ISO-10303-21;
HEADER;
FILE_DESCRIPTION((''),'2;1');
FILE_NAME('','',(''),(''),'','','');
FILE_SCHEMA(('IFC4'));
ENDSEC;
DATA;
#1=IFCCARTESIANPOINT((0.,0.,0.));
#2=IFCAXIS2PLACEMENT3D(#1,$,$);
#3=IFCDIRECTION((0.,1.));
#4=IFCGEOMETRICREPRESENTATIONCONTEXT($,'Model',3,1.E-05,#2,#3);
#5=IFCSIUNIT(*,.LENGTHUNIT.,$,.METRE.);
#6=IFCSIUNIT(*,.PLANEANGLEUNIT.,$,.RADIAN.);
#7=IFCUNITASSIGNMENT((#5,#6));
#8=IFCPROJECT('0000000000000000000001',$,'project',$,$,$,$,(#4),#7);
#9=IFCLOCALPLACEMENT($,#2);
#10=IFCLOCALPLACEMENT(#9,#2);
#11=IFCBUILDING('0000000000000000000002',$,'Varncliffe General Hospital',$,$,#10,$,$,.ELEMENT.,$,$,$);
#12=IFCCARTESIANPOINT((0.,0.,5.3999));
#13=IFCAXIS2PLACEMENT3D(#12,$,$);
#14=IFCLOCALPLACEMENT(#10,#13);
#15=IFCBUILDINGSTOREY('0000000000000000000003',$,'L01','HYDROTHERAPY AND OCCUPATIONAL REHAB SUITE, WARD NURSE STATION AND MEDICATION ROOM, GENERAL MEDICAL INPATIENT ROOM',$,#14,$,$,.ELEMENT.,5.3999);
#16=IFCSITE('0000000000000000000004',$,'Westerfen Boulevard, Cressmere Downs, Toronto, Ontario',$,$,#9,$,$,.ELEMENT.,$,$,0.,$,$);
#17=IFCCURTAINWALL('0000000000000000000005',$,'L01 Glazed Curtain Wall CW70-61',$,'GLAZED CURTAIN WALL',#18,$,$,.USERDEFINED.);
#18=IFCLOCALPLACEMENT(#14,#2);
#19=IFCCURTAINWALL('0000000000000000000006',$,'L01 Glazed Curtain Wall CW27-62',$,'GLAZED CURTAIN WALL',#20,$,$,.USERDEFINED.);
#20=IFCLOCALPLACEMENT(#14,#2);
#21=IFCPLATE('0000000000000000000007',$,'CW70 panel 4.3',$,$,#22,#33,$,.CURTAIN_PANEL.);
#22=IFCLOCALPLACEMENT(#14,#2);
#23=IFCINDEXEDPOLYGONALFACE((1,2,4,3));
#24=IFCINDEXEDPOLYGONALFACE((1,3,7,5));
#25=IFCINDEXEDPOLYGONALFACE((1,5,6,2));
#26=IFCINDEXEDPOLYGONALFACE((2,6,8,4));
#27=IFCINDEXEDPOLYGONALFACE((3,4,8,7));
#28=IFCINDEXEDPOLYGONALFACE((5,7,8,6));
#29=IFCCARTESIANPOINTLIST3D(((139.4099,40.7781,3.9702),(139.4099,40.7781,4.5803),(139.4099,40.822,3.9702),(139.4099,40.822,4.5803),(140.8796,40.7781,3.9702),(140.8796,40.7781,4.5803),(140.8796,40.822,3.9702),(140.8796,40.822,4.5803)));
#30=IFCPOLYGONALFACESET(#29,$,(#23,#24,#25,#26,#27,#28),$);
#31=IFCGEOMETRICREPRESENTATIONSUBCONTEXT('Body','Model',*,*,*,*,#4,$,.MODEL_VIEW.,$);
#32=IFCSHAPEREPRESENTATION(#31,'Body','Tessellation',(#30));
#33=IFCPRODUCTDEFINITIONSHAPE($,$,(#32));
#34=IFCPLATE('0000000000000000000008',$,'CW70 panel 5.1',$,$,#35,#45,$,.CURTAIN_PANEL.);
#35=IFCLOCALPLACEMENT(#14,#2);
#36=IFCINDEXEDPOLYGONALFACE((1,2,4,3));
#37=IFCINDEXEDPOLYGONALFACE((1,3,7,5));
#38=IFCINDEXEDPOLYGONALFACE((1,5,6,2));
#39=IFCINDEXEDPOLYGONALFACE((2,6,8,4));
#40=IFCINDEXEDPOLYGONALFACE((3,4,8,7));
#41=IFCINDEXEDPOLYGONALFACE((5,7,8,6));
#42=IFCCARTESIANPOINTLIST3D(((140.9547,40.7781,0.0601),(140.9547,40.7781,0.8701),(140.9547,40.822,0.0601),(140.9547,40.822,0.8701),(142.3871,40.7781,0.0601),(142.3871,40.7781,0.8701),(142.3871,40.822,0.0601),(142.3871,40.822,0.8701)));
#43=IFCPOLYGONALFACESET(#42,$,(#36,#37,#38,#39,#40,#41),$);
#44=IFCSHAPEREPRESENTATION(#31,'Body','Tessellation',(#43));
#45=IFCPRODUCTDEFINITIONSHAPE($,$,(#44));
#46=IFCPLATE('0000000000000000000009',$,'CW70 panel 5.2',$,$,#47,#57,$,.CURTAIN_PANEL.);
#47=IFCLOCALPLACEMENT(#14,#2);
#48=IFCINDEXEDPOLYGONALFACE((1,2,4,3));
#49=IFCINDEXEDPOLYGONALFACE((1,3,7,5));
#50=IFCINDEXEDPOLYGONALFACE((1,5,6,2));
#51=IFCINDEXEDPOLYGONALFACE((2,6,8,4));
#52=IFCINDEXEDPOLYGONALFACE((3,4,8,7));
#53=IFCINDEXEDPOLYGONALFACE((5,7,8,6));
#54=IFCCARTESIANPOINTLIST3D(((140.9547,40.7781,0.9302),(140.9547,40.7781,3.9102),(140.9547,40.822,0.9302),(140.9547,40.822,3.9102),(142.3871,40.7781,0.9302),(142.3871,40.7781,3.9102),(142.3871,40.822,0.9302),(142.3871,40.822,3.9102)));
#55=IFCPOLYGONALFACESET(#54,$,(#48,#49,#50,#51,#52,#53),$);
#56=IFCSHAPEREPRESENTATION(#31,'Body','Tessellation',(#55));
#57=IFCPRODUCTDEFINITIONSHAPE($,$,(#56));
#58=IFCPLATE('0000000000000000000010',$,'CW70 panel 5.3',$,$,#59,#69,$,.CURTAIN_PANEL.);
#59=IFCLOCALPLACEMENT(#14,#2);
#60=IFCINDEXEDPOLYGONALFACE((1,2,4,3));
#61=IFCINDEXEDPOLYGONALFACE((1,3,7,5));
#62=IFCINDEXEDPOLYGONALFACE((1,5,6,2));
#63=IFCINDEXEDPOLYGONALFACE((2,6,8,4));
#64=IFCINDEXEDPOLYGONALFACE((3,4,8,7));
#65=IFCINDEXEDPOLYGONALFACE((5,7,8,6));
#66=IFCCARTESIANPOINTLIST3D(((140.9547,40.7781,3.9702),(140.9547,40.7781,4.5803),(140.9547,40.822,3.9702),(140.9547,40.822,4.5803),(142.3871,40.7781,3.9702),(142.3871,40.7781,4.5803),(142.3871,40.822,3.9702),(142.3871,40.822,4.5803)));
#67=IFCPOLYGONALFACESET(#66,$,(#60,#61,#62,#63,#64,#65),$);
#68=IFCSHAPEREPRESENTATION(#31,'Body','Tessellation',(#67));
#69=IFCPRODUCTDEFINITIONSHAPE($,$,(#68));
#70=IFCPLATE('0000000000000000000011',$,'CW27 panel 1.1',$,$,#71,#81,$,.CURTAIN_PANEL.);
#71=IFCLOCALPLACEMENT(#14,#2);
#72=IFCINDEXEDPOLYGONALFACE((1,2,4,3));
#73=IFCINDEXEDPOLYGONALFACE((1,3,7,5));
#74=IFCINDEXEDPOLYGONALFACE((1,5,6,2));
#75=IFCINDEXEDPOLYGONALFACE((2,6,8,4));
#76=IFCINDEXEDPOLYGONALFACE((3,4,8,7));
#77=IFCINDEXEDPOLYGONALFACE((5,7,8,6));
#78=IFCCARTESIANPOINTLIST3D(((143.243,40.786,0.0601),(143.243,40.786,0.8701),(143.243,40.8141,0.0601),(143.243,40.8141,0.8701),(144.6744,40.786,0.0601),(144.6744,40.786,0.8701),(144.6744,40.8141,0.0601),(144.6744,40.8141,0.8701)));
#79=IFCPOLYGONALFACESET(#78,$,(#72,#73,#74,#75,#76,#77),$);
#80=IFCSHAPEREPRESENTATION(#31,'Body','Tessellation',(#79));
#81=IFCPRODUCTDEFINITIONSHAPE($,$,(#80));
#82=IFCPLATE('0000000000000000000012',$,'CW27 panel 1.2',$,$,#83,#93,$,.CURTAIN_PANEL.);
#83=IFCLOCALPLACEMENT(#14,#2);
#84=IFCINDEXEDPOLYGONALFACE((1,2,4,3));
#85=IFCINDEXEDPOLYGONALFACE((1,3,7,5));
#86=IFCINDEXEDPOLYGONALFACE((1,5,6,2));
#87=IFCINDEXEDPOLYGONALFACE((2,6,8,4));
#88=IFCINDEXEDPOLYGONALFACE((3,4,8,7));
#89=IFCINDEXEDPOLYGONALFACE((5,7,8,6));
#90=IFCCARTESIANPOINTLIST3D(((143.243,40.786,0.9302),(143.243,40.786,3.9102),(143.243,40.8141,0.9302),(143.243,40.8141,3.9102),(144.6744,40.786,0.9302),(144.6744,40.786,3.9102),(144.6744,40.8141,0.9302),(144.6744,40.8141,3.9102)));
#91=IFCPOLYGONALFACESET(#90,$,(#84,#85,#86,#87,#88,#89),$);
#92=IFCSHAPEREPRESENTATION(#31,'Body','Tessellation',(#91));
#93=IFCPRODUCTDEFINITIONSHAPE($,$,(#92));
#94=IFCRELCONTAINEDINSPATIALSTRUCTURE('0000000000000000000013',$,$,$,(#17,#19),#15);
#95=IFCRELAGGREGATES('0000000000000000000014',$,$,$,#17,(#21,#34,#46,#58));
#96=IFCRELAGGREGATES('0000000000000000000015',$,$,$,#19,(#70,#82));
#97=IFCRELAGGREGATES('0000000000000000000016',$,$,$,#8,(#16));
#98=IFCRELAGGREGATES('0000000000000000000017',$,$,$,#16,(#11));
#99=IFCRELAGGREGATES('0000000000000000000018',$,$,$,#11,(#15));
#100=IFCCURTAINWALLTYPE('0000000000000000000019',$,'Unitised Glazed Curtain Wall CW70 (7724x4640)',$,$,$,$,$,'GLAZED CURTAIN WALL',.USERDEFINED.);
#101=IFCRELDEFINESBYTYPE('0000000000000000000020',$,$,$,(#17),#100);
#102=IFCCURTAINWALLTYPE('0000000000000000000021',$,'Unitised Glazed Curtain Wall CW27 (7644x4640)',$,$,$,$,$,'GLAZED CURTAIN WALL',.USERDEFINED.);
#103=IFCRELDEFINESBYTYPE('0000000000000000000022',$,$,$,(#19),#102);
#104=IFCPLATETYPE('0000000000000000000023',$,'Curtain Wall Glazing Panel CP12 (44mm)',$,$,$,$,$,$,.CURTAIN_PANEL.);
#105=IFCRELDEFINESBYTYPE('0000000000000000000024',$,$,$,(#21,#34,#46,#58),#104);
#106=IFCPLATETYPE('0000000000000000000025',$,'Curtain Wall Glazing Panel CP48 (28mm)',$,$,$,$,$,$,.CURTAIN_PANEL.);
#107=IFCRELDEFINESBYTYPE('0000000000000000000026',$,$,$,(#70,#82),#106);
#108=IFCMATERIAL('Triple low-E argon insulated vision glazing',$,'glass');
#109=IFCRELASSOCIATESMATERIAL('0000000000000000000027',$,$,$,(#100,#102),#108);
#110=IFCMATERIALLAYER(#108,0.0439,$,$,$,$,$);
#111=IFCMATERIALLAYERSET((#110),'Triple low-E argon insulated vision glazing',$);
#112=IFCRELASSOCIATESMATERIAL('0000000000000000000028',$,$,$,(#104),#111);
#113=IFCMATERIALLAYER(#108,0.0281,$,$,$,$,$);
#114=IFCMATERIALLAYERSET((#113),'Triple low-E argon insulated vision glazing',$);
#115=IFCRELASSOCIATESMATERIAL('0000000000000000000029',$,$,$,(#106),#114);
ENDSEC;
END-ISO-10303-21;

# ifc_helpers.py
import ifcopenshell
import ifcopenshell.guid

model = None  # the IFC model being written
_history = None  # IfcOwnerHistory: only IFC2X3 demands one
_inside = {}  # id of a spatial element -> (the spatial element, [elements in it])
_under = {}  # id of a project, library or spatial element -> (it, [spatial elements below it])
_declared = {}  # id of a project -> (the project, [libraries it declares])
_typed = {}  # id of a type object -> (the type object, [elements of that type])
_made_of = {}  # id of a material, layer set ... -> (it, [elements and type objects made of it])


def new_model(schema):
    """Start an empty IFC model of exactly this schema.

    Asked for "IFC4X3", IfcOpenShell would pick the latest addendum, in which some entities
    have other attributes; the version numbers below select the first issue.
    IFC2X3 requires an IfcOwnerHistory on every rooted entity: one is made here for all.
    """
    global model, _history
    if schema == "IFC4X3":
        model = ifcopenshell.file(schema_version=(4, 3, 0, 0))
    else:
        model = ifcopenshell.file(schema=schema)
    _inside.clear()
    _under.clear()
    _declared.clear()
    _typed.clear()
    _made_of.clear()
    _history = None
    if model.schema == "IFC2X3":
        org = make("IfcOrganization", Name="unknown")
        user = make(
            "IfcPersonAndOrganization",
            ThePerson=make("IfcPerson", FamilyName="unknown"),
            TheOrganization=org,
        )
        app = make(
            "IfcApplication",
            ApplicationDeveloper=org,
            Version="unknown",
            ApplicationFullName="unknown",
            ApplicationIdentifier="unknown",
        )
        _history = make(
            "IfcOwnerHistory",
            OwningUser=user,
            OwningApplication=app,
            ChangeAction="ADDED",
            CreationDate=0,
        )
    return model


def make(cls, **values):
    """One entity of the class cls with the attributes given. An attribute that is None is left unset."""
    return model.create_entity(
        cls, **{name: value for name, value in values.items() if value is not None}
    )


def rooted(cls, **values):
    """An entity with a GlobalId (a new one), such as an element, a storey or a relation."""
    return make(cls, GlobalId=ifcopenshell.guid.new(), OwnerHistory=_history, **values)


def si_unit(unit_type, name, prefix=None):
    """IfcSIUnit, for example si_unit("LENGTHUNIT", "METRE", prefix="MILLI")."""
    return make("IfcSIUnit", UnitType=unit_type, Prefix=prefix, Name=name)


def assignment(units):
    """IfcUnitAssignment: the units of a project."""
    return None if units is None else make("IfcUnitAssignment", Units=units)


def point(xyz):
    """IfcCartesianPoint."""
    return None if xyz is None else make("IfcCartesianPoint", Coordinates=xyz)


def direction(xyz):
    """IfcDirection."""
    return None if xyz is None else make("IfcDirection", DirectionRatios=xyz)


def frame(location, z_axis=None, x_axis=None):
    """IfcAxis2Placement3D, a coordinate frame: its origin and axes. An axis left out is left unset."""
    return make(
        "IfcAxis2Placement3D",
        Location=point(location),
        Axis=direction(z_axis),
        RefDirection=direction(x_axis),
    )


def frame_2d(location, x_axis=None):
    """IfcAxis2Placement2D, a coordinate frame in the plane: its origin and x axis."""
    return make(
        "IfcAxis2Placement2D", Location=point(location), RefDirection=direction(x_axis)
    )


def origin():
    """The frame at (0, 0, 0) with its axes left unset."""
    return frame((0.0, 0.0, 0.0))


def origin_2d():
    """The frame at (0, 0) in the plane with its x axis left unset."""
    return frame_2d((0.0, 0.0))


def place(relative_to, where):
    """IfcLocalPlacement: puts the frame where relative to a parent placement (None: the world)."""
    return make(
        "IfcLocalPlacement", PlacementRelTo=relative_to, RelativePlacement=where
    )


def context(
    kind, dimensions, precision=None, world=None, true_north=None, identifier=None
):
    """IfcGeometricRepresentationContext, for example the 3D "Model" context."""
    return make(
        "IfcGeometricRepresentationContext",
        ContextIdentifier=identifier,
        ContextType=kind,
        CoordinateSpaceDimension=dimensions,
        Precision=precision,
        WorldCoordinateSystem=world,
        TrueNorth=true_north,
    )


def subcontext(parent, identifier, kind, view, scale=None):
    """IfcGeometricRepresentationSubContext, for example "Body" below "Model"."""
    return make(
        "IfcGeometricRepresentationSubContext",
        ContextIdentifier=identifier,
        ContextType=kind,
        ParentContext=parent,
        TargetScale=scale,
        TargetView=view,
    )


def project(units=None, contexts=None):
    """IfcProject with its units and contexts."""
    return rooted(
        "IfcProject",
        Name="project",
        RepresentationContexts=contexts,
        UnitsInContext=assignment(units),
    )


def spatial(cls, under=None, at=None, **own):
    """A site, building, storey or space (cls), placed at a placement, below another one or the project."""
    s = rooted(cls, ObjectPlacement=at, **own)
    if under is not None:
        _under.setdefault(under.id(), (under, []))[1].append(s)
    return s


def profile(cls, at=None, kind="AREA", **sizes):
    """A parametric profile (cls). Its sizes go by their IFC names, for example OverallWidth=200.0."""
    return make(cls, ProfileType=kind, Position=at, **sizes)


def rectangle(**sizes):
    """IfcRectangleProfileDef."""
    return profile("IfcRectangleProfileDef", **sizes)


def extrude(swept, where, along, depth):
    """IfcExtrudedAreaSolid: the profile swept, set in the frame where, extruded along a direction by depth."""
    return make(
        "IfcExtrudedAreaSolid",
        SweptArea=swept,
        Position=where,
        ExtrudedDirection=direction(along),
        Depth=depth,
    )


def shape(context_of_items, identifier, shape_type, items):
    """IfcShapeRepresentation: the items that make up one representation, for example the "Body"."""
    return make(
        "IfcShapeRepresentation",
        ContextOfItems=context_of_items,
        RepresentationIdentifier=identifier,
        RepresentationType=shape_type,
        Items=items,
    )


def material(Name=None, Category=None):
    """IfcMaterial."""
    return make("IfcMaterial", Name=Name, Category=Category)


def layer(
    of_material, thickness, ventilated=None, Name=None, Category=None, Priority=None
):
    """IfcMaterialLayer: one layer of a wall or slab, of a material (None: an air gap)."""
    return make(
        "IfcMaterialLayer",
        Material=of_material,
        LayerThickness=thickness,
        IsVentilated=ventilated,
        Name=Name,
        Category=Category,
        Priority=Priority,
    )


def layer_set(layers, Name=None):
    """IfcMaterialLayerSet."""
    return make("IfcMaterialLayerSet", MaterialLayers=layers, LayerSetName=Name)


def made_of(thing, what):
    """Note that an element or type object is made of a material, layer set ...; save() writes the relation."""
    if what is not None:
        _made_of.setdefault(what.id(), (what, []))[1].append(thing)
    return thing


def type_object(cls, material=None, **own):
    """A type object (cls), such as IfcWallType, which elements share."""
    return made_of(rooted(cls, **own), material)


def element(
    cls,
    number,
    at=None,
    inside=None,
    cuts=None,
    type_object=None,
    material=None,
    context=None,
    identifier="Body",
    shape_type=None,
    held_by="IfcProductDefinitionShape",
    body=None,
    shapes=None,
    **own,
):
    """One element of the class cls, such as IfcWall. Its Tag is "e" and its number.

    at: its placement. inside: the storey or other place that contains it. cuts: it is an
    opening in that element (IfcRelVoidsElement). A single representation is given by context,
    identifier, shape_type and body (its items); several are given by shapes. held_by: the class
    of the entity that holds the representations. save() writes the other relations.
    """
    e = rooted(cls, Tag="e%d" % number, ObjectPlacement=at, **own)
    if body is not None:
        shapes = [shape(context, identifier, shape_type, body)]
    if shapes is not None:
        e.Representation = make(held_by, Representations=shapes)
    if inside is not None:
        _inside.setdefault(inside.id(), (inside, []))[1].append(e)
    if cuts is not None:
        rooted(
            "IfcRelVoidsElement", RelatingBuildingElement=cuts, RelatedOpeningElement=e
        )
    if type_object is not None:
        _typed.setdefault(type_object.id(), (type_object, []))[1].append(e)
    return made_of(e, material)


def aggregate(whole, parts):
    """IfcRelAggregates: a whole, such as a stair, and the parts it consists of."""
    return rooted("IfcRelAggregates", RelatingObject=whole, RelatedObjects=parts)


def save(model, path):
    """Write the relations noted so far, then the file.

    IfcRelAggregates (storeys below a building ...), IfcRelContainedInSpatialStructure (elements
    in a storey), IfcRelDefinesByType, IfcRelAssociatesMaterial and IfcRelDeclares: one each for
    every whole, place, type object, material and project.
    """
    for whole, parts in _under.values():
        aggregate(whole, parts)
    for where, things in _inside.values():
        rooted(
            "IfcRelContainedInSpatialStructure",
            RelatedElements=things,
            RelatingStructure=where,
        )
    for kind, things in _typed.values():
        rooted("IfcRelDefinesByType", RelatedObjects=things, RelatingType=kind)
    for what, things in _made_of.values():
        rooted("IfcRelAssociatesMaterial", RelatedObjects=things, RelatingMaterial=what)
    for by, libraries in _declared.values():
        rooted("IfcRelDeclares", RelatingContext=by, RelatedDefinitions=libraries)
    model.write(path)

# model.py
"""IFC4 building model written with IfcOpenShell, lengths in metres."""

from ifc_helpers import new_model, si_unit, direction, frame, origin, origin_2d, place, context, subcontext, project, spatial, rectangle, extrude, material, layer, layer_set, type_object, element, aggregate, save


model = new_model("IFC4")

# Units and contexts
model_context = context("Model", 3, precision=1e-05, world=origin(), true_north=direction((0.0, 1.0)))
body_context = subcontext(model_context, "Body", "Model", "MODEL_VIEW")
ifc_project = project(units=[si_unit("LENGTHUNIT", "METRE"), si_unit("PLANEANGLEUNIT", "RADIAN")], contexts=[model_context])

# Site, building, storey
site_placement = place(None, origin())
site = spatial("IfcSite", under=ifc_project, at=site_placement, Name="Westerfen Boulevard, Cressmere Downs, Toronto, Ontario", CompositionType="ELEMENT", RefElevation=0.0)
building_placement = place(site_placement, origin())
building = spatial("IfcBuilding", under=site, at=building_placement, Name="Varncliffe General Hospital", CompositionType="ELEMENT")
storey_placement = place(building_placement, frame((0.0, 0.0, 5.3999)))
storey = spatial("IfcBuildingStorey", under=building, at=storey_placement, Name="L01", Description="HYDROTHERAPY AND OCCUPATIONAL REHAB SUITE, WARD NURSE STATION AND MEDICATION ROOM, GENERAL MEDICAL INPATIENT ROOM", CompositionType="ELEMENT", Elevation=5.3999)

# Curtain wall
ifc_material_1 = material(Name="Triple low-E argon insulated vision glazing", Category="glass")
curtain_wall_type_1 = type_object("IfcCurtainWallType", Name="Unitised Glazed Curtain Wall CW70 (7724x4640)", ElementType="GLAZED CURTAIN WALL", PredefinedType="USERDEFINED", material=ifc_material_1)
curtain_wall_1_placement = place(storey_placement, origin())
curtain_wall_1 = element("IfcCurtainWall", 1, at=curtain_wall_1_placement, inside=storey, type_object=curtain_wall_type_1, Name="L01 Glazed Curtain Wall CW70-61", ObjectType="GLAZED CURTAIN WALL", PredefinedType="USERDEFINED")

# Curtain wall
curtain_wall_type_2 = type_object("IfcCurtainWallType", Name="Unitised Glazed Curtain Wall CW27 (7644x4640)", ElementType="GLAZED CURTAIN WALL", PredefinedType="USERDEFINED", material=ifc_material_1)
curtain_wall_2_placement = place(storey_placement, origin())
curtain_wall_2 = element("IfcCurtainWall", 2, at=curtain_wall_2_placement, inside=storey, type_object=curtain_wall_type_2, Name="L01 Glazed Curtain Wall CW27-62", ObjectType="GLAZED CURTAIN WALL", PredefinedType="USERDEFINED")

# Plates
ifc_layer_1 = layer(ifc_material_1, 0.0439)
ifc_layer_set_1 = layer_set([ifc_layer_1], Name="Triple low-E argon insulated vision glazing")
plate_type_1 = type_object("IfcPlateType", Name="Curtain Wall Glazing Panel CP12 (44mm)", PredefinedType="CURTAIN_PANEL", material=ifc_layer_set_1)
plate_1_placement = place(storey_placement, frame((140.1448, 40.8, 3.9702), z_axis=(0.0, 0.0, 1.0), x_axis=(1.0, 0.0, 0.0)))
plate_1 = element("IfcPlate", 3, at=plate_1_placement, type_object=plate_type_1, Name="CW70 panel 4.3", PredefinedType="CURTAIN_PANEL", context=body_context, shape_type="SweptSolid", body=[
    extrude(rectangle(XDim=1.4697, YDim=0.0439, at=origin_2d()), origin(), (0.0, 0.0, 1.0), 0.6101),
])
plate_2_placement = place(storey_placement, frame((141.6709, 40.8, 0.0601), z_axis=(0.0, 0.0, 1.0), x_axis=(1.0, 0.0, 0.0)))
plate_2 = element("IfcPlate", 4, at=plate_2_placement, type_object=plate_type_1, Name="CW70 panel 5.1", PredefinedType="CURTAIN_PANEL", context=body_context, shape_type="SweptSolid", body=[
    extrude(rectangle(XDim=1.4324, YDim=0.0439, at=origin_2d()), origin(), (0.0, 0.0, 1.0), 0.8101),
])
plate_3_placement = place(storey_placement, frame((141.6709, 40.8, 0.9302), z_axis=(0.0, 0.0, 1.0), x_axis=(1.0, 0.0, 0.0)))
plate_3 = element("IfcPlate", 5, at=plate_3_placement, type_object=plate_type_1, Name="CW70 panel 5.2", PredefinedType="CURTAIN_PANEL", context=body_context, shape_type="SweptSolid", body=[
    extrude(rectangle(XDim=1.4324, YDim=0.0439, at=origin_2d()), origin(), (0.0, 0.0, 1.0), 2.98),
])
plate_4_placement = place(storey_placement, frame((141.6709, 40.8, 3.9702), z_axis=(0.0, 0.0, 1.0), x_axis=(1.0, 0.0, 0.0)))
plate_4 = element("IfcPlate", 6, at=plate_4_placement, type_object=plate_type_1, Name="CW70 panel 5.3", PredefinedType="CURTAIN_PANEL", context=body_context, shape_type="SweptSolid", body=[
    extrude(rectangle(XDim=1.4324, YDim=0.0439, at=origin_2d()), origin(), (0.0, 0.0, 1.0), 0.6101),
])
aggregate(curtain_wall_1, [plate_1, plate_2, plate_3, plate_4])
ifc_layer_2 = layer(ifc_material_1, 0.0281)
ifc_layer_set_2 = layer_set([ifc_layer_2], Name="Triple low-E argon insulated vision glazing")
plate_type_2 = type_object("IfcPlateType", Name="Curtain Wall Glazing Panel CP48 (28mm)", PredefinedType="CURTAIN_PANEL", material=ifc_layer_set_2)
plate_5_placement = place(storey_placement, frame((143.9587, 40.8, 0.0601), z_axis=(0.0, 0.0, 1.0), x_axis=(1.0, 0.0, 0.0)))
plate_5 = element("IfcPlate", 7, at=plate_5_placement, type_object=plate_type_2, Name="CW27 panel 1.1", PredefinedType="CURTAIN_PANEL", context=body_context, shape_type="SweptSolid", body=[
    extrude(rectangle(XDim=1.4314, YDim=0.0281, at=origin_2d()), origin(), (0.0, 0.0, 1.0), 0.8101),
])
plate_6_placement = place(storey_placement, frame((143.9587, 40.8, 0.9302), z_axis=(0.0, 0.0, 1.0), x_axis=(1.0, 0.0, 0.0)))
plate_6 = element("IfcPlate", 8, at=plate_6_placement, type_object=plate_type_2, Name="CW27 panel 1.2", PredefinedType="CURTAIN_PANEL", context=body_context, shape_type="SweptSolid", body=[
    extrude(rectangle(XDim=1.4314, YDim=0.0281, at=origin_2d()), origin(), (0.0, 0.0, 1.0), 2.98),
])
aggregate(curtain_wall_2, [plate_5, plate_6])

save(model, "model.ifc")
